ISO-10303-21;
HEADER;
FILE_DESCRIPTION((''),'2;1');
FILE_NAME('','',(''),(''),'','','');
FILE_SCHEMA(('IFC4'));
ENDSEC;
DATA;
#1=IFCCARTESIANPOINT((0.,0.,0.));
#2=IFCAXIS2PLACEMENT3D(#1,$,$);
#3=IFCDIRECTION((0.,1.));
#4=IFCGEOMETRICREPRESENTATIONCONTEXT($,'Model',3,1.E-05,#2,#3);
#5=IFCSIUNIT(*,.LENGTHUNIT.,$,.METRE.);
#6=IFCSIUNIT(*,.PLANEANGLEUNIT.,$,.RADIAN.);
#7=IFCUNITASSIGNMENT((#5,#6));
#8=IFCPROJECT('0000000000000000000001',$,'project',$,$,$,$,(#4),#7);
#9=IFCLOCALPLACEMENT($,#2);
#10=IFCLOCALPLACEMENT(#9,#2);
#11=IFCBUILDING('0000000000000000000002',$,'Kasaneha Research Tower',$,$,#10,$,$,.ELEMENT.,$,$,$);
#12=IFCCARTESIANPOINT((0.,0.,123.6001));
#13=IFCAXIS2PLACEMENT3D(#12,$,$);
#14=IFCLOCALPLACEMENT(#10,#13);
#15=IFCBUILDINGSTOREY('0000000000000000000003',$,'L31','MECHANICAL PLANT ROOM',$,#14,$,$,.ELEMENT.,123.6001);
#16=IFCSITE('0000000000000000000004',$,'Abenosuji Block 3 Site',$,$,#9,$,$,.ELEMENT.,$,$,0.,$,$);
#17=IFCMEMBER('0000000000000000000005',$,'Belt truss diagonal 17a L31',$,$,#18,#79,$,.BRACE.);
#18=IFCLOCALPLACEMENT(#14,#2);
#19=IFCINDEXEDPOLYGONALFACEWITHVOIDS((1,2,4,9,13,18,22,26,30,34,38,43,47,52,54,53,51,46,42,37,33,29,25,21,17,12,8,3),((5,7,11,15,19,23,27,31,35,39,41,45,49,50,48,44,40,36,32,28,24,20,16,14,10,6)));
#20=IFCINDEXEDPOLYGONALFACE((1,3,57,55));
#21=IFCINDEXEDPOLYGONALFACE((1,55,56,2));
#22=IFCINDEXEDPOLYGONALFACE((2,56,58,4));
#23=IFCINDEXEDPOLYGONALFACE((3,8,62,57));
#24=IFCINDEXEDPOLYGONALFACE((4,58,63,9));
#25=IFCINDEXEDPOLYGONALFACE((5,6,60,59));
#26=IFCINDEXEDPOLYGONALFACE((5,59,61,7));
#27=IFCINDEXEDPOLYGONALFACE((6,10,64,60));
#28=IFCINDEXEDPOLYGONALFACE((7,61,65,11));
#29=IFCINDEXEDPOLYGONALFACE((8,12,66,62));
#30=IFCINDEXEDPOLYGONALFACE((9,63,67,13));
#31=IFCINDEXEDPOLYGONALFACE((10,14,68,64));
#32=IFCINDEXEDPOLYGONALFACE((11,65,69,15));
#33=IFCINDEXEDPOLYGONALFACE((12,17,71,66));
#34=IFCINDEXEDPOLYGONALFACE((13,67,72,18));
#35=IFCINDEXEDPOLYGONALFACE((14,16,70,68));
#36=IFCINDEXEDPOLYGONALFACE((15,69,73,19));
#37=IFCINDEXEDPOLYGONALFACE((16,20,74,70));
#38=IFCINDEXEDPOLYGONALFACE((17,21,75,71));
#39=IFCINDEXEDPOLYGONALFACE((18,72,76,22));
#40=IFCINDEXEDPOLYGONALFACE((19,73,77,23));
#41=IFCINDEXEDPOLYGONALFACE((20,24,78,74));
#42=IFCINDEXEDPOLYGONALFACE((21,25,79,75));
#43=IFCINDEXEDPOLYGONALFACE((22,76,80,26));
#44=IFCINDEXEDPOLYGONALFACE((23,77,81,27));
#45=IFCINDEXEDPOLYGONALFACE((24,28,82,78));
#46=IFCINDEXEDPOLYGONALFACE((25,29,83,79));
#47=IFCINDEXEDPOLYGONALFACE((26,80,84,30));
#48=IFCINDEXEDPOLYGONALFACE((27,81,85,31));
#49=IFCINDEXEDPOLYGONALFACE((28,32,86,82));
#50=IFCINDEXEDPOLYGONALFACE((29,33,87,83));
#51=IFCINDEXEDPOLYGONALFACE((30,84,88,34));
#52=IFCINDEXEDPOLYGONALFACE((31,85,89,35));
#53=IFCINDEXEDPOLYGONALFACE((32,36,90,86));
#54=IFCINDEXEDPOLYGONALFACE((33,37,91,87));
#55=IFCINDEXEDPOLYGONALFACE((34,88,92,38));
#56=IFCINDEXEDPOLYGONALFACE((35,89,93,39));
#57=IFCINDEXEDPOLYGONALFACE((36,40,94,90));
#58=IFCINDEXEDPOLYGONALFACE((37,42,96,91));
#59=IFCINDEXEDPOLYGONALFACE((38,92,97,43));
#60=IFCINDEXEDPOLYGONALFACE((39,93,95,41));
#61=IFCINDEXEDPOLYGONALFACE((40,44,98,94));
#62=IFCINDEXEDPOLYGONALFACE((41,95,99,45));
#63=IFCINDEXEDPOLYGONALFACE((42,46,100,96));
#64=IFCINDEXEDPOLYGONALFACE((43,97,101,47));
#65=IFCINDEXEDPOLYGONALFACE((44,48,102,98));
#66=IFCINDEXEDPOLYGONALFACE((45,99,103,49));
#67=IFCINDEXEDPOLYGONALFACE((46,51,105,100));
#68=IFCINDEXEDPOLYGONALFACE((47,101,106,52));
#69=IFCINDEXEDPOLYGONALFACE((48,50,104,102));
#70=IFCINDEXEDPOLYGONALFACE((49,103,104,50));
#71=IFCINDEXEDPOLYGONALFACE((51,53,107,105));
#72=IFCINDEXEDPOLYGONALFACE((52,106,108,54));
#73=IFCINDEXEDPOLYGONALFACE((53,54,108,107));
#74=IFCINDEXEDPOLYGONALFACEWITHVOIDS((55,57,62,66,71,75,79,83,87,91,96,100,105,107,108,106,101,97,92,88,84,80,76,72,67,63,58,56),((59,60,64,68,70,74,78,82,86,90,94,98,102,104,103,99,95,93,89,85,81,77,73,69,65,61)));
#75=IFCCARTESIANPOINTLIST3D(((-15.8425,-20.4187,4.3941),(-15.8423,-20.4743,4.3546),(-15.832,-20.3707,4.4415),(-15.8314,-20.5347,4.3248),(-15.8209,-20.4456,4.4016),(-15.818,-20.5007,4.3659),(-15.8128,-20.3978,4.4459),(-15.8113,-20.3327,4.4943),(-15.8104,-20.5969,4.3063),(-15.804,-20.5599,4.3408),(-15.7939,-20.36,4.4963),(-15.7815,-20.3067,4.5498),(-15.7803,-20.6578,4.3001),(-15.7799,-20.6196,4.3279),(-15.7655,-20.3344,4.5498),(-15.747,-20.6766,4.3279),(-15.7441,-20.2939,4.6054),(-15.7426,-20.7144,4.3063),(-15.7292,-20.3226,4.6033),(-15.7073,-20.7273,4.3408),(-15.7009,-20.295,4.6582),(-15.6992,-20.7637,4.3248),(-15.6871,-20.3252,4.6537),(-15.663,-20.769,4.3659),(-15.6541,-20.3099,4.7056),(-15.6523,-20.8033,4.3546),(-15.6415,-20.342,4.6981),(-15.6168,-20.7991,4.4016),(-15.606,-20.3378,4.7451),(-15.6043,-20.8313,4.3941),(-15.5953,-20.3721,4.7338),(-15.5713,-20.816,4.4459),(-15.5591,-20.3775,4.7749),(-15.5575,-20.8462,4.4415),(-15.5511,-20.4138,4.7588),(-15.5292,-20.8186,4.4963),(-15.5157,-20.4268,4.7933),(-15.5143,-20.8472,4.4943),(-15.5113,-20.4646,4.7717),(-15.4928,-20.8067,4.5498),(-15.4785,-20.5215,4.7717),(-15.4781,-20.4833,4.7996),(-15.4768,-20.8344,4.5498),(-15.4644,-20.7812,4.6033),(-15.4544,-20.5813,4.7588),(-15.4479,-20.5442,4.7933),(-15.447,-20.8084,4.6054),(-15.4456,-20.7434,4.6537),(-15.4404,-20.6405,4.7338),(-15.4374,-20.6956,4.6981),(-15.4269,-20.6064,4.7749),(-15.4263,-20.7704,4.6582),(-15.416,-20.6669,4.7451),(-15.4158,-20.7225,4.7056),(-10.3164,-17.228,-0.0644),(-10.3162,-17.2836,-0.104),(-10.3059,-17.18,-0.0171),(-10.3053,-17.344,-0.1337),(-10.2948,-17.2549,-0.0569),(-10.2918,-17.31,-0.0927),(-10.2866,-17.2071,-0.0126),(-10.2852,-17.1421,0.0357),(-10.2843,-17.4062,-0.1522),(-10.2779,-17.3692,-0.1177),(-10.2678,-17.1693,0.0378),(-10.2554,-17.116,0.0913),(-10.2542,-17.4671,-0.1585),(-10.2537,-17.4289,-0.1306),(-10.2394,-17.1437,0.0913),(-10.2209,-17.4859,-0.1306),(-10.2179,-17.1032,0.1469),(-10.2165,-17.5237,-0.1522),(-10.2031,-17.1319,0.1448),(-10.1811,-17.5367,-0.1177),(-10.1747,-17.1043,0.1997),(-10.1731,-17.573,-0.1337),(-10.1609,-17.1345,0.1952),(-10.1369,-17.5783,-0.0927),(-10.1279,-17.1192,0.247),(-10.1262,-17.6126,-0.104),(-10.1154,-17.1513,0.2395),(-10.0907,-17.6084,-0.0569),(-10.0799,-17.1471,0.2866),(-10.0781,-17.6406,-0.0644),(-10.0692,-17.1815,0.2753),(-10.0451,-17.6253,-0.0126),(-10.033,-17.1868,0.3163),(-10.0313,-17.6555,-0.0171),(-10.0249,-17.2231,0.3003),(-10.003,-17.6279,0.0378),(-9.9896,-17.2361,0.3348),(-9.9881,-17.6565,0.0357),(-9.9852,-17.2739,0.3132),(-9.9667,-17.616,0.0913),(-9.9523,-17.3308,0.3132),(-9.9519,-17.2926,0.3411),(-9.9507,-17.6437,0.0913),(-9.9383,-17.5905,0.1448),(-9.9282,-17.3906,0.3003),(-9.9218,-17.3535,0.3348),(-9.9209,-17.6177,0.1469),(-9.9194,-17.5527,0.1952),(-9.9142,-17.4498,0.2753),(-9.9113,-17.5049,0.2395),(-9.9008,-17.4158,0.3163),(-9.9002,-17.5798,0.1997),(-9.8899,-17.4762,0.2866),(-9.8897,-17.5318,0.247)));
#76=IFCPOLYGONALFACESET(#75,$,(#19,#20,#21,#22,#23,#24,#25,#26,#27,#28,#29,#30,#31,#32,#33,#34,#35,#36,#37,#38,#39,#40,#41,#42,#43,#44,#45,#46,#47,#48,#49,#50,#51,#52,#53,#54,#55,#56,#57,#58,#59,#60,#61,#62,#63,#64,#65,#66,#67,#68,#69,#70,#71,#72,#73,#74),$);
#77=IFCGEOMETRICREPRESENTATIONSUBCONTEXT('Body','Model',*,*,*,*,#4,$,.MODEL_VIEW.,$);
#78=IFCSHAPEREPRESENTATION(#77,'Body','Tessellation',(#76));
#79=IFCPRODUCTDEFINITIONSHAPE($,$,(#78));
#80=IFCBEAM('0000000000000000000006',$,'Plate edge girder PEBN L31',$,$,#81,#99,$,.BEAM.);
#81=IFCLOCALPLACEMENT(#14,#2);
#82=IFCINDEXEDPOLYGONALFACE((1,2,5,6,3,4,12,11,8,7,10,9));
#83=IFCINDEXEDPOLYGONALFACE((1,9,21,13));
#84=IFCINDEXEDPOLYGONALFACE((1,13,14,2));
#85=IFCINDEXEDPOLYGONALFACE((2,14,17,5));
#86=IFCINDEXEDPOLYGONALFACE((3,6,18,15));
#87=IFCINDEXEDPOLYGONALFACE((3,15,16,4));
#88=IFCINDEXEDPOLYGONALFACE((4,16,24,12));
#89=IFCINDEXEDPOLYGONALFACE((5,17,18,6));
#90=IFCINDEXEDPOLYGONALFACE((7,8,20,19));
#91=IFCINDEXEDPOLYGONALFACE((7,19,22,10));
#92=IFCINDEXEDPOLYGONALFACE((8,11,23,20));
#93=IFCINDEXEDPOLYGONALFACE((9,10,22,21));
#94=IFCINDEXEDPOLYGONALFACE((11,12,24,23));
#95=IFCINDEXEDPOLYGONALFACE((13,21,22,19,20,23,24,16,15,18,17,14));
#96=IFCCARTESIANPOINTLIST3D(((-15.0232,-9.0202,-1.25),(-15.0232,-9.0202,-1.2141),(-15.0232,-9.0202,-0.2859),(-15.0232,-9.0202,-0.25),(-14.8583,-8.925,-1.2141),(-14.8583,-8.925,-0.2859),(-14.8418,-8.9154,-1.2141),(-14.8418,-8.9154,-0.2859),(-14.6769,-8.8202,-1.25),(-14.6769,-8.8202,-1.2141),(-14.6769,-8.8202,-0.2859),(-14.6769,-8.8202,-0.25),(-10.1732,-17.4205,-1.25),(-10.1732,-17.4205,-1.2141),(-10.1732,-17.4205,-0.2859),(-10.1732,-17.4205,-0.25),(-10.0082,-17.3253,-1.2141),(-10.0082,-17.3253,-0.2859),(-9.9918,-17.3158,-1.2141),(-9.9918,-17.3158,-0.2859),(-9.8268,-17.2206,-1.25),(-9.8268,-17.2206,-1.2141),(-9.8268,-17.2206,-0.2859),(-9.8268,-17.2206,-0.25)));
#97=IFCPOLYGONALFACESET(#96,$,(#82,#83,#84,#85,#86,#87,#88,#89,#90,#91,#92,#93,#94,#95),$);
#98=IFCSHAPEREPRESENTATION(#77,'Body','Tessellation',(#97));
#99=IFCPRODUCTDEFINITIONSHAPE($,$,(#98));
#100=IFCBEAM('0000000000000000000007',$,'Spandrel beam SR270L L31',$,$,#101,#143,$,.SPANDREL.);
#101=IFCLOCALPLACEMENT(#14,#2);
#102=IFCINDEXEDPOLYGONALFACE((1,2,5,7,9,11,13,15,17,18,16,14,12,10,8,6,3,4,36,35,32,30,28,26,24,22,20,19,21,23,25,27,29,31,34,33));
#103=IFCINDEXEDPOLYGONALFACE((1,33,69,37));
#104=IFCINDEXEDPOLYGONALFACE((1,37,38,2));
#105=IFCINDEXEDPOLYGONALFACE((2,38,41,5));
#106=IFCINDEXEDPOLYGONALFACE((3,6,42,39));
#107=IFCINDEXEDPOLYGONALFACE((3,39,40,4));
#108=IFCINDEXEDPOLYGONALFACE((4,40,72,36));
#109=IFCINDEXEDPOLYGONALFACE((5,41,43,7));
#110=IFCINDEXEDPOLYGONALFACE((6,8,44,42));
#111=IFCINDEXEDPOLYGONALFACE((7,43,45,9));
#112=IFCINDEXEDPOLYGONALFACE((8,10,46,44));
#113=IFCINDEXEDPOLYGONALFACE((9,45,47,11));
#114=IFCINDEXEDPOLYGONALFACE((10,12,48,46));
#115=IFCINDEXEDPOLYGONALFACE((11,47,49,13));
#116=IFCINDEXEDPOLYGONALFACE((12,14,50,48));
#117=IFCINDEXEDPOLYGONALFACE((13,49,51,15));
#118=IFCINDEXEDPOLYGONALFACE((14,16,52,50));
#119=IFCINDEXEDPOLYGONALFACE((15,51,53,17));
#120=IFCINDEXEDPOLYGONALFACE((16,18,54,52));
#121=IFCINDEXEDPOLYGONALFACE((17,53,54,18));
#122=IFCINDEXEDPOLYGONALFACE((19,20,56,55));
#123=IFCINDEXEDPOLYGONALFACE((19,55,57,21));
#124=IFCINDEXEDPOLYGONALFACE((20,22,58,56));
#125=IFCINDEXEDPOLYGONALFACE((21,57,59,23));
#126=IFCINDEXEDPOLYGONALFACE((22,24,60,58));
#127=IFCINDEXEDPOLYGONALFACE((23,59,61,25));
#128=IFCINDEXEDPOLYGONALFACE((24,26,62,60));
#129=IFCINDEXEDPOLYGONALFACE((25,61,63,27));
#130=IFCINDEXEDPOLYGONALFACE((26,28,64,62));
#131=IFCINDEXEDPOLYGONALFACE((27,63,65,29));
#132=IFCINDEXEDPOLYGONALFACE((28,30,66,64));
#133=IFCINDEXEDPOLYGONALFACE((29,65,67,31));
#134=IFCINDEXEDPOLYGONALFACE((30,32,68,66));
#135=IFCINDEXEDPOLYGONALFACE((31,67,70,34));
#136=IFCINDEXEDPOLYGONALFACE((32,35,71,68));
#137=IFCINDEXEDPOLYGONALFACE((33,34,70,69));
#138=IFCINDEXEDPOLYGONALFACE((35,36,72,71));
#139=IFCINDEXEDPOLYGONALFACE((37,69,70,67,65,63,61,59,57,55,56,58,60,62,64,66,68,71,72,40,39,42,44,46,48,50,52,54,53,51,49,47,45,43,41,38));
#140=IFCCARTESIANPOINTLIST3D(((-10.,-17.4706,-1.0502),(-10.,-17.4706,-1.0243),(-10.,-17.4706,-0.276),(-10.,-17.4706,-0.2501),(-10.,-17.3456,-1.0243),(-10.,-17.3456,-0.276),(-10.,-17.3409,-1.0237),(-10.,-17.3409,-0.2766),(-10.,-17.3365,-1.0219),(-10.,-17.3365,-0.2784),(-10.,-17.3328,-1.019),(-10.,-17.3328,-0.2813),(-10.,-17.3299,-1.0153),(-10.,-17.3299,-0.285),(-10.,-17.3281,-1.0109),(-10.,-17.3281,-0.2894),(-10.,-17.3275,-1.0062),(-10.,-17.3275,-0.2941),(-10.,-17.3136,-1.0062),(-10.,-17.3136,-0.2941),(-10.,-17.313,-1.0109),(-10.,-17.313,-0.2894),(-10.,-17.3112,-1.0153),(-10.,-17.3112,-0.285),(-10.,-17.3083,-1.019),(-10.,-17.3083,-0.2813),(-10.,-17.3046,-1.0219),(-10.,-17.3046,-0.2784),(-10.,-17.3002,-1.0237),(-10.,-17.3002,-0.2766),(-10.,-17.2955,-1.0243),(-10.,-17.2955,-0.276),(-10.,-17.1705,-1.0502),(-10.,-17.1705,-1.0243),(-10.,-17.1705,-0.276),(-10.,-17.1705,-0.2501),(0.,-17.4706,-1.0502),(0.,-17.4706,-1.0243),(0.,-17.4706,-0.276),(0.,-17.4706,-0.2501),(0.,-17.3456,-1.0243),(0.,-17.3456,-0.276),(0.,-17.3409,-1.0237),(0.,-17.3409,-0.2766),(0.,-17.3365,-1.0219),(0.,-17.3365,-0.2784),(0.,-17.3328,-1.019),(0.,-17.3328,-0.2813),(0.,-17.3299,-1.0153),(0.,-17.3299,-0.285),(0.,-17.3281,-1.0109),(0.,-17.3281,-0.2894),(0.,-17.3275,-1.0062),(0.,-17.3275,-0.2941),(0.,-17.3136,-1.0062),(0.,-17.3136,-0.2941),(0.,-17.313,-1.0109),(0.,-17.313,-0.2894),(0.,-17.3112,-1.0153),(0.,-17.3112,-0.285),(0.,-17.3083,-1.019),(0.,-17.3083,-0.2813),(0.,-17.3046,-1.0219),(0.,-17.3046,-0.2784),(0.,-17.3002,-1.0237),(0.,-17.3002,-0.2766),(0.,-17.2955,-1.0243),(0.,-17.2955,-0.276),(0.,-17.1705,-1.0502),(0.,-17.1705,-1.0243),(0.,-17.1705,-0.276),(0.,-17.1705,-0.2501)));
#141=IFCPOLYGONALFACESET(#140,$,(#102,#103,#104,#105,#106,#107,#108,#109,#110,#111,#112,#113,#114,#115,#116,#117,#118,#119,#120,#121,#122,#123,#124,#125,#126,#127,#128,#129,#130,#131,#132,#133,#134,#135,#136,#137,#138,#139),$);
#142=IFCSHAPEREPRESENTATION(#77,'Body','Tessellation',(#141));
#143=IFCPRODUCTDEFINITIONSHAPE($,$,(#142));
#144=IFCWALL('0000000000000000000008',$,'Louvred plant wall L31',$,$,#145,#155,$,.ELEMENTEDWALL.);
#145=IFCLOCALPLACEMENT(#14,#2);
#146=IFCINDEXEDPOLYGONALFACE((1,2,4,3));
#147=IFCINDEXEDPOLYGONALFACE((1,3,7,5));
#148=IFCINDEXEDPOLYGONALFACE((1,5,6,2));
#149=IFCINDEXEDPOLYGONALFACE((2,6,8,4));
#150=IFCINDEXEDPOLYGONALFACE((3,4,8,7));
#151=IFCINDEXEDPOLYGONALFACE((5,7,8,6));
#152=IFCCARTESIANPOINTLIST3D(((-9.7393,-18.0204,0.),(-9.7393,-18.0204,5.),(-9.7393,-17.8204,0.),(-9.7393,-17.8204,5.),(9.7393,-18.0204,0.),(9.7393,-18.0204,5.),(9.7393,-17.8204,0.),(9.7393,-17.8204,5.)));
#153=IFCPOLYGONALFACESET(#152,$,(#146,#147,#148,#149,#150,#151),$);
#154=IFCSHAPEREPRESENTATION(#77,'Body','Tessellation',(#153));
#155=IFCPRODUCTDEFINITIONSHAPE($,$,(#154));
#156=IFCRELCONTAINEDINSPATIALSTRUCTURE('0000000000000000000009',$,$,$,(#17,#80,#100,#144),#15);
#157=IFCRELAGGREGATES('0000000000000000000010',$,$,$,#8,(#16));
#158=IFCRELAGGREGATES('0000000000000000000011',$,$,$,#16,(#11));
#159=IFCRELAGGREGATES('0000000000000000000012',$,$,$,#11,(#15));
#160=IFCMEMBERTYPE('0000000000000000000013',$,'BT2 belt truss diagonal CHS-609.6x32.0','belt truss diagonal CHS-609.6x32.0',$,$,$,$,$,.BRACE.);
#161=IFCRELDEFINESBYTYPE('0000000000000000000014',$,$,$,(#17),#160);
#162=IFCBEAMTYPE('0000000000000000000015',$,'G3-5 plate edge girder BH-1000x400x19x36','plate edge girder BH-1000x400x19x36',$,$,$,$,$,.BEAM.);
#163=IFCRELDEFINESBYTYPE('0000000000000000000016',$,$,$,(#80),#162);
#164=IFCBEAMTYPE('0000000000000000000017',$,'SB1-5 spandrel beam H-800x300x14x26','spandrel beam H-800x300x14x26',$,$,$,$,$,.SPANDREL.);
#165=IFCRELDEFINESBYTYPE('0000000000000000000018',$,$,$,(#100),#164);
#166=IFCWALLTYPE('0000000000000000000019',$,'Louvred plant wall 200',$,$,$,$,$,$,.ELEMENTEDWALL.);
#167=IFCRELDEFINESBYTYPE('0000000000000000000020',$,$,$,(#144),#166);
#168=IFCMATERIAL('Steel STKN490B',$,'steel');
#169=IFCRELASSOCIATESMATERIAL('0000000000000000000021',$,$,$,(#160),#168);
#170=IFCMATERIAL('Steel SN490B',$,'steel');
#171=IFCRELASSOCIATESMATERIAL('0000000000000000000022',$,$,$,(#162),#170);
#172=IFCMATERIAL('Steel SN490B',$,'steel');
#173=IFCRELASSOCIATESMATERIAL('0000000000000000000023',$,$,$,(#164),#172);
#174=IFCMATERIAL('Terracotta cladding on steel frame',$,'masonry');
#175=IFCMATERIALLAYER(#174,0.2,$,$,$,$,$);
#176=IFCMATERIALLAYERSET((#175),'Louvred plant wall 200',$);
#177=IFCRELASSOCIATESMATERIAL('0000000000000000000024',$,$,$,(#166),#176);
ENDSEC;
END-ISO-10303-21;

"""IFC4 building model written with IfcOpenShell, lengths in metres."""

from ifc_helpers import new_model, si_unit, direction, frame, frame_2d, origin, origin_2d, place, context, subcontext, project, spatial, rectangle, hollow_circle, i_section, extrude, material, layer, layer_set, material_profile, profile_set, type_object, element, save


model = new_model("IFC4")

# Units and contexts
model_context = context("Model", 3, precision=1e-05, world=origin(), true_north=direction((0.0, 1.0)))
body_context = subcontext(model_context, "Body", "Model", "MODEL_VIEW")
ifc_project = project(units=[si_unit("LENGTHUNIT", "METRE"), si_unit("PLANEANGLEUNIT", "RADIAN")], contexts=[model_context])

# Site, building, storey
site_placement = place(None, origin())
site = spatial("IfcSite", under=ifc_project, at=site_placement, Name="Abenosuji Block 3 Site", CompositionType="ELEMENT", RefElevation=0.0)
building_placement = place(site_placement, origin())
building = spatial("IfcBuilding", under=site, at=building_placement, Name="Kasaneha Research Tower", CompositionType="ELEMENT")
storey_placement = place(building_placement, frame((0.0, 0.0, 123.6001)))
storey = spatial("IfcBuildingStorey", under=building, at=storey_placement, Name="L31", Description="MECHANICAL PLANT ROOM", CompositionType="ELEMENT", Elevation=123.6001)

# Member
ifc_material_1 = material(Name="Steel STKN490B", Category="steel")
ifc_material_profile_1 = material_profile(ifc_material_1, hollow_circle(Radius=0.3047, WallThickness=0.032, at=origin_2d()), Name="CHS-609.6x32.0")
ifc_profile_set_1 = profile_set([ifc_material_profile_1], Name="Steel STKN490B")
member_type = type_object("IfcMemberType", Name="BT2 belt truss diagonal CHS-609.6x32.0", Description="belt truss diagonal CHS-609.6x32.0", PredefinedType="BRACE", material=ifc_profile_set_1)
member_placement = place(storey_placement, frame((-10.103, -17.3799, 0.0913), z_axis=(-0.709899, -0.409881, 0.572749), x_axis=(0.500019, -0.866014, 0.0)))
element("IfcMember", 1, at=member_placement, inside=storey, type_object=member_type, Name="Belt truss diagonal 17a L31", PredefinedType="BRACE", context=body_context, shape_type="SweptSolid", body=[
    extrude(hollow_circle(Radius=0.3047, WallThickness=0.032, at=origin_2d()), origin(), (0.0, 0.0, 1.0), 7.7844),
])

# Beams
ifc_material_2 = material(Name="Steel SN490B", Category="steel")
ifc_material_profile_2 = material_profile(ifc_material_2, i_section(OverallWidth=0.3999, OverallDepth=1.0, WebThickness=0.019, FlangeThickness=0.0359, at=origin_2d()), Name="BH-1000x400x19x36")
ifc_profile_set_2 = profile_set([ifc_material_profile_2], Name="Steel SN490B")
beam_type_1 = type_object("IfcBeamType", Name="G3-5 plate edge girder BH-1000x400x19x36", Description="plate edge girder BH-1000x400x19x36", PredefinedType="BEAM", material=ifc_profile_set_2)
beam_1_placement = place(storey_placement, frame((-10.0, -17.3206, -0.75), z_axis=(-0.50001, 0.86602, 0.0), x_axis=(-0.86602, -0.50001, 0.0)))
element("IfcBeam", 2, at=beam_1_placement, inside=storey, type_object=beam_type_1, Name="Plate edge girder PEBN L31", PredefinedType="BEAM", context=body_context, shape_type="SweptSolid", body=[
    extrude(i_section(OverallWidth=0.3999, OverallDepth=1.0, WebThickness=0.019, FlangeThickness=0.0359, at=origin_2d()), origin(), (0.0, 0.0, 1.0), 9.7),
])
ifc_material_3 = material(Name="Steel SN490B", Category="steel")
ifc_material_profile_3 = material_profile(ifc_material_3, i_section(OverallWidth=0.3, OverallDepth=0.8, WebThickness=0.0139, FlangeThickness=0.0259, FilletRadius=0.0181, at=origin_2d()), Name="H-800x300x14x26")
ifc_profile_set_3 = profile_set([ifc_material_profile_3], Name="Steel SN490B")
beam_type_2 = type_object("IfcBeamType", Name="SB1-5 spandrel beam H-800x300x14x26", Description="spandrel beam H-800x300x14x26", PredefinedType="SPANDREL", material=ifc_profile_set_3)
beam_2_placement = place(storey_placement, frame((-10.0, -17.3206, -0.6501), z_axis=(1.0, 0.0, 0.0), x_axis=(0.0, 1.0, 0.0)))
element("IfcBeam", 3, at=beam_2_placement, inside=storey, type_object=beam_type_2, Name="Spandrel beam SR270L L31", PredefinedType="SPANDREL", context=body_context, shape_type="SweptSolid", body=[
    extrude(i_section(OverallWidth=0.3, OverallDepth=0.8, WebThickness=0.0139, FlangeThickness=0.0259, FilletRadius=0.0181, at=origin_2d()), origin(), (0.0, 0.0, 1.0), 10.0),
])

# Wall
ifc_material_4 = material(Name="Terracotta cladding on steel frame", Category="masonry")
ifc_layer_1 = layer(ifc_material_4, 0.2)
ifc_layer_set_1 = layer_set([ifc_layer_1], Name="Louvred plant wall 200")
wall_type_1 = type_object("IfcWallType", Name="Louvred plant wall 200", PredefinedType="ELEMENTEDWALL", material=ifc_layer_set_1)
wall_1_placement = place(storey_placement, frame((-9.7393, -17.9204, 0.0), z_axis=(0.0, 0.0, 1.0), x_axis=(1.0, 0.0, 0.0)))
element("IfcWall", 4, at=wall_1_placement, inside=storey, type_object=wall_type_1, Name="Louvred plant wall L31", PredefinedType="ELEMENTEDWALL", context=body_context, shape_type="SweptSolid", body=[
    extrude(rectangle(XDim=19.4785, YDim=0.2, at=frame_2d((9.7393, 0.0))), origin(), (0.0, 0.0, 1.0), 5.0),
])

save(model, "model.ifc")
